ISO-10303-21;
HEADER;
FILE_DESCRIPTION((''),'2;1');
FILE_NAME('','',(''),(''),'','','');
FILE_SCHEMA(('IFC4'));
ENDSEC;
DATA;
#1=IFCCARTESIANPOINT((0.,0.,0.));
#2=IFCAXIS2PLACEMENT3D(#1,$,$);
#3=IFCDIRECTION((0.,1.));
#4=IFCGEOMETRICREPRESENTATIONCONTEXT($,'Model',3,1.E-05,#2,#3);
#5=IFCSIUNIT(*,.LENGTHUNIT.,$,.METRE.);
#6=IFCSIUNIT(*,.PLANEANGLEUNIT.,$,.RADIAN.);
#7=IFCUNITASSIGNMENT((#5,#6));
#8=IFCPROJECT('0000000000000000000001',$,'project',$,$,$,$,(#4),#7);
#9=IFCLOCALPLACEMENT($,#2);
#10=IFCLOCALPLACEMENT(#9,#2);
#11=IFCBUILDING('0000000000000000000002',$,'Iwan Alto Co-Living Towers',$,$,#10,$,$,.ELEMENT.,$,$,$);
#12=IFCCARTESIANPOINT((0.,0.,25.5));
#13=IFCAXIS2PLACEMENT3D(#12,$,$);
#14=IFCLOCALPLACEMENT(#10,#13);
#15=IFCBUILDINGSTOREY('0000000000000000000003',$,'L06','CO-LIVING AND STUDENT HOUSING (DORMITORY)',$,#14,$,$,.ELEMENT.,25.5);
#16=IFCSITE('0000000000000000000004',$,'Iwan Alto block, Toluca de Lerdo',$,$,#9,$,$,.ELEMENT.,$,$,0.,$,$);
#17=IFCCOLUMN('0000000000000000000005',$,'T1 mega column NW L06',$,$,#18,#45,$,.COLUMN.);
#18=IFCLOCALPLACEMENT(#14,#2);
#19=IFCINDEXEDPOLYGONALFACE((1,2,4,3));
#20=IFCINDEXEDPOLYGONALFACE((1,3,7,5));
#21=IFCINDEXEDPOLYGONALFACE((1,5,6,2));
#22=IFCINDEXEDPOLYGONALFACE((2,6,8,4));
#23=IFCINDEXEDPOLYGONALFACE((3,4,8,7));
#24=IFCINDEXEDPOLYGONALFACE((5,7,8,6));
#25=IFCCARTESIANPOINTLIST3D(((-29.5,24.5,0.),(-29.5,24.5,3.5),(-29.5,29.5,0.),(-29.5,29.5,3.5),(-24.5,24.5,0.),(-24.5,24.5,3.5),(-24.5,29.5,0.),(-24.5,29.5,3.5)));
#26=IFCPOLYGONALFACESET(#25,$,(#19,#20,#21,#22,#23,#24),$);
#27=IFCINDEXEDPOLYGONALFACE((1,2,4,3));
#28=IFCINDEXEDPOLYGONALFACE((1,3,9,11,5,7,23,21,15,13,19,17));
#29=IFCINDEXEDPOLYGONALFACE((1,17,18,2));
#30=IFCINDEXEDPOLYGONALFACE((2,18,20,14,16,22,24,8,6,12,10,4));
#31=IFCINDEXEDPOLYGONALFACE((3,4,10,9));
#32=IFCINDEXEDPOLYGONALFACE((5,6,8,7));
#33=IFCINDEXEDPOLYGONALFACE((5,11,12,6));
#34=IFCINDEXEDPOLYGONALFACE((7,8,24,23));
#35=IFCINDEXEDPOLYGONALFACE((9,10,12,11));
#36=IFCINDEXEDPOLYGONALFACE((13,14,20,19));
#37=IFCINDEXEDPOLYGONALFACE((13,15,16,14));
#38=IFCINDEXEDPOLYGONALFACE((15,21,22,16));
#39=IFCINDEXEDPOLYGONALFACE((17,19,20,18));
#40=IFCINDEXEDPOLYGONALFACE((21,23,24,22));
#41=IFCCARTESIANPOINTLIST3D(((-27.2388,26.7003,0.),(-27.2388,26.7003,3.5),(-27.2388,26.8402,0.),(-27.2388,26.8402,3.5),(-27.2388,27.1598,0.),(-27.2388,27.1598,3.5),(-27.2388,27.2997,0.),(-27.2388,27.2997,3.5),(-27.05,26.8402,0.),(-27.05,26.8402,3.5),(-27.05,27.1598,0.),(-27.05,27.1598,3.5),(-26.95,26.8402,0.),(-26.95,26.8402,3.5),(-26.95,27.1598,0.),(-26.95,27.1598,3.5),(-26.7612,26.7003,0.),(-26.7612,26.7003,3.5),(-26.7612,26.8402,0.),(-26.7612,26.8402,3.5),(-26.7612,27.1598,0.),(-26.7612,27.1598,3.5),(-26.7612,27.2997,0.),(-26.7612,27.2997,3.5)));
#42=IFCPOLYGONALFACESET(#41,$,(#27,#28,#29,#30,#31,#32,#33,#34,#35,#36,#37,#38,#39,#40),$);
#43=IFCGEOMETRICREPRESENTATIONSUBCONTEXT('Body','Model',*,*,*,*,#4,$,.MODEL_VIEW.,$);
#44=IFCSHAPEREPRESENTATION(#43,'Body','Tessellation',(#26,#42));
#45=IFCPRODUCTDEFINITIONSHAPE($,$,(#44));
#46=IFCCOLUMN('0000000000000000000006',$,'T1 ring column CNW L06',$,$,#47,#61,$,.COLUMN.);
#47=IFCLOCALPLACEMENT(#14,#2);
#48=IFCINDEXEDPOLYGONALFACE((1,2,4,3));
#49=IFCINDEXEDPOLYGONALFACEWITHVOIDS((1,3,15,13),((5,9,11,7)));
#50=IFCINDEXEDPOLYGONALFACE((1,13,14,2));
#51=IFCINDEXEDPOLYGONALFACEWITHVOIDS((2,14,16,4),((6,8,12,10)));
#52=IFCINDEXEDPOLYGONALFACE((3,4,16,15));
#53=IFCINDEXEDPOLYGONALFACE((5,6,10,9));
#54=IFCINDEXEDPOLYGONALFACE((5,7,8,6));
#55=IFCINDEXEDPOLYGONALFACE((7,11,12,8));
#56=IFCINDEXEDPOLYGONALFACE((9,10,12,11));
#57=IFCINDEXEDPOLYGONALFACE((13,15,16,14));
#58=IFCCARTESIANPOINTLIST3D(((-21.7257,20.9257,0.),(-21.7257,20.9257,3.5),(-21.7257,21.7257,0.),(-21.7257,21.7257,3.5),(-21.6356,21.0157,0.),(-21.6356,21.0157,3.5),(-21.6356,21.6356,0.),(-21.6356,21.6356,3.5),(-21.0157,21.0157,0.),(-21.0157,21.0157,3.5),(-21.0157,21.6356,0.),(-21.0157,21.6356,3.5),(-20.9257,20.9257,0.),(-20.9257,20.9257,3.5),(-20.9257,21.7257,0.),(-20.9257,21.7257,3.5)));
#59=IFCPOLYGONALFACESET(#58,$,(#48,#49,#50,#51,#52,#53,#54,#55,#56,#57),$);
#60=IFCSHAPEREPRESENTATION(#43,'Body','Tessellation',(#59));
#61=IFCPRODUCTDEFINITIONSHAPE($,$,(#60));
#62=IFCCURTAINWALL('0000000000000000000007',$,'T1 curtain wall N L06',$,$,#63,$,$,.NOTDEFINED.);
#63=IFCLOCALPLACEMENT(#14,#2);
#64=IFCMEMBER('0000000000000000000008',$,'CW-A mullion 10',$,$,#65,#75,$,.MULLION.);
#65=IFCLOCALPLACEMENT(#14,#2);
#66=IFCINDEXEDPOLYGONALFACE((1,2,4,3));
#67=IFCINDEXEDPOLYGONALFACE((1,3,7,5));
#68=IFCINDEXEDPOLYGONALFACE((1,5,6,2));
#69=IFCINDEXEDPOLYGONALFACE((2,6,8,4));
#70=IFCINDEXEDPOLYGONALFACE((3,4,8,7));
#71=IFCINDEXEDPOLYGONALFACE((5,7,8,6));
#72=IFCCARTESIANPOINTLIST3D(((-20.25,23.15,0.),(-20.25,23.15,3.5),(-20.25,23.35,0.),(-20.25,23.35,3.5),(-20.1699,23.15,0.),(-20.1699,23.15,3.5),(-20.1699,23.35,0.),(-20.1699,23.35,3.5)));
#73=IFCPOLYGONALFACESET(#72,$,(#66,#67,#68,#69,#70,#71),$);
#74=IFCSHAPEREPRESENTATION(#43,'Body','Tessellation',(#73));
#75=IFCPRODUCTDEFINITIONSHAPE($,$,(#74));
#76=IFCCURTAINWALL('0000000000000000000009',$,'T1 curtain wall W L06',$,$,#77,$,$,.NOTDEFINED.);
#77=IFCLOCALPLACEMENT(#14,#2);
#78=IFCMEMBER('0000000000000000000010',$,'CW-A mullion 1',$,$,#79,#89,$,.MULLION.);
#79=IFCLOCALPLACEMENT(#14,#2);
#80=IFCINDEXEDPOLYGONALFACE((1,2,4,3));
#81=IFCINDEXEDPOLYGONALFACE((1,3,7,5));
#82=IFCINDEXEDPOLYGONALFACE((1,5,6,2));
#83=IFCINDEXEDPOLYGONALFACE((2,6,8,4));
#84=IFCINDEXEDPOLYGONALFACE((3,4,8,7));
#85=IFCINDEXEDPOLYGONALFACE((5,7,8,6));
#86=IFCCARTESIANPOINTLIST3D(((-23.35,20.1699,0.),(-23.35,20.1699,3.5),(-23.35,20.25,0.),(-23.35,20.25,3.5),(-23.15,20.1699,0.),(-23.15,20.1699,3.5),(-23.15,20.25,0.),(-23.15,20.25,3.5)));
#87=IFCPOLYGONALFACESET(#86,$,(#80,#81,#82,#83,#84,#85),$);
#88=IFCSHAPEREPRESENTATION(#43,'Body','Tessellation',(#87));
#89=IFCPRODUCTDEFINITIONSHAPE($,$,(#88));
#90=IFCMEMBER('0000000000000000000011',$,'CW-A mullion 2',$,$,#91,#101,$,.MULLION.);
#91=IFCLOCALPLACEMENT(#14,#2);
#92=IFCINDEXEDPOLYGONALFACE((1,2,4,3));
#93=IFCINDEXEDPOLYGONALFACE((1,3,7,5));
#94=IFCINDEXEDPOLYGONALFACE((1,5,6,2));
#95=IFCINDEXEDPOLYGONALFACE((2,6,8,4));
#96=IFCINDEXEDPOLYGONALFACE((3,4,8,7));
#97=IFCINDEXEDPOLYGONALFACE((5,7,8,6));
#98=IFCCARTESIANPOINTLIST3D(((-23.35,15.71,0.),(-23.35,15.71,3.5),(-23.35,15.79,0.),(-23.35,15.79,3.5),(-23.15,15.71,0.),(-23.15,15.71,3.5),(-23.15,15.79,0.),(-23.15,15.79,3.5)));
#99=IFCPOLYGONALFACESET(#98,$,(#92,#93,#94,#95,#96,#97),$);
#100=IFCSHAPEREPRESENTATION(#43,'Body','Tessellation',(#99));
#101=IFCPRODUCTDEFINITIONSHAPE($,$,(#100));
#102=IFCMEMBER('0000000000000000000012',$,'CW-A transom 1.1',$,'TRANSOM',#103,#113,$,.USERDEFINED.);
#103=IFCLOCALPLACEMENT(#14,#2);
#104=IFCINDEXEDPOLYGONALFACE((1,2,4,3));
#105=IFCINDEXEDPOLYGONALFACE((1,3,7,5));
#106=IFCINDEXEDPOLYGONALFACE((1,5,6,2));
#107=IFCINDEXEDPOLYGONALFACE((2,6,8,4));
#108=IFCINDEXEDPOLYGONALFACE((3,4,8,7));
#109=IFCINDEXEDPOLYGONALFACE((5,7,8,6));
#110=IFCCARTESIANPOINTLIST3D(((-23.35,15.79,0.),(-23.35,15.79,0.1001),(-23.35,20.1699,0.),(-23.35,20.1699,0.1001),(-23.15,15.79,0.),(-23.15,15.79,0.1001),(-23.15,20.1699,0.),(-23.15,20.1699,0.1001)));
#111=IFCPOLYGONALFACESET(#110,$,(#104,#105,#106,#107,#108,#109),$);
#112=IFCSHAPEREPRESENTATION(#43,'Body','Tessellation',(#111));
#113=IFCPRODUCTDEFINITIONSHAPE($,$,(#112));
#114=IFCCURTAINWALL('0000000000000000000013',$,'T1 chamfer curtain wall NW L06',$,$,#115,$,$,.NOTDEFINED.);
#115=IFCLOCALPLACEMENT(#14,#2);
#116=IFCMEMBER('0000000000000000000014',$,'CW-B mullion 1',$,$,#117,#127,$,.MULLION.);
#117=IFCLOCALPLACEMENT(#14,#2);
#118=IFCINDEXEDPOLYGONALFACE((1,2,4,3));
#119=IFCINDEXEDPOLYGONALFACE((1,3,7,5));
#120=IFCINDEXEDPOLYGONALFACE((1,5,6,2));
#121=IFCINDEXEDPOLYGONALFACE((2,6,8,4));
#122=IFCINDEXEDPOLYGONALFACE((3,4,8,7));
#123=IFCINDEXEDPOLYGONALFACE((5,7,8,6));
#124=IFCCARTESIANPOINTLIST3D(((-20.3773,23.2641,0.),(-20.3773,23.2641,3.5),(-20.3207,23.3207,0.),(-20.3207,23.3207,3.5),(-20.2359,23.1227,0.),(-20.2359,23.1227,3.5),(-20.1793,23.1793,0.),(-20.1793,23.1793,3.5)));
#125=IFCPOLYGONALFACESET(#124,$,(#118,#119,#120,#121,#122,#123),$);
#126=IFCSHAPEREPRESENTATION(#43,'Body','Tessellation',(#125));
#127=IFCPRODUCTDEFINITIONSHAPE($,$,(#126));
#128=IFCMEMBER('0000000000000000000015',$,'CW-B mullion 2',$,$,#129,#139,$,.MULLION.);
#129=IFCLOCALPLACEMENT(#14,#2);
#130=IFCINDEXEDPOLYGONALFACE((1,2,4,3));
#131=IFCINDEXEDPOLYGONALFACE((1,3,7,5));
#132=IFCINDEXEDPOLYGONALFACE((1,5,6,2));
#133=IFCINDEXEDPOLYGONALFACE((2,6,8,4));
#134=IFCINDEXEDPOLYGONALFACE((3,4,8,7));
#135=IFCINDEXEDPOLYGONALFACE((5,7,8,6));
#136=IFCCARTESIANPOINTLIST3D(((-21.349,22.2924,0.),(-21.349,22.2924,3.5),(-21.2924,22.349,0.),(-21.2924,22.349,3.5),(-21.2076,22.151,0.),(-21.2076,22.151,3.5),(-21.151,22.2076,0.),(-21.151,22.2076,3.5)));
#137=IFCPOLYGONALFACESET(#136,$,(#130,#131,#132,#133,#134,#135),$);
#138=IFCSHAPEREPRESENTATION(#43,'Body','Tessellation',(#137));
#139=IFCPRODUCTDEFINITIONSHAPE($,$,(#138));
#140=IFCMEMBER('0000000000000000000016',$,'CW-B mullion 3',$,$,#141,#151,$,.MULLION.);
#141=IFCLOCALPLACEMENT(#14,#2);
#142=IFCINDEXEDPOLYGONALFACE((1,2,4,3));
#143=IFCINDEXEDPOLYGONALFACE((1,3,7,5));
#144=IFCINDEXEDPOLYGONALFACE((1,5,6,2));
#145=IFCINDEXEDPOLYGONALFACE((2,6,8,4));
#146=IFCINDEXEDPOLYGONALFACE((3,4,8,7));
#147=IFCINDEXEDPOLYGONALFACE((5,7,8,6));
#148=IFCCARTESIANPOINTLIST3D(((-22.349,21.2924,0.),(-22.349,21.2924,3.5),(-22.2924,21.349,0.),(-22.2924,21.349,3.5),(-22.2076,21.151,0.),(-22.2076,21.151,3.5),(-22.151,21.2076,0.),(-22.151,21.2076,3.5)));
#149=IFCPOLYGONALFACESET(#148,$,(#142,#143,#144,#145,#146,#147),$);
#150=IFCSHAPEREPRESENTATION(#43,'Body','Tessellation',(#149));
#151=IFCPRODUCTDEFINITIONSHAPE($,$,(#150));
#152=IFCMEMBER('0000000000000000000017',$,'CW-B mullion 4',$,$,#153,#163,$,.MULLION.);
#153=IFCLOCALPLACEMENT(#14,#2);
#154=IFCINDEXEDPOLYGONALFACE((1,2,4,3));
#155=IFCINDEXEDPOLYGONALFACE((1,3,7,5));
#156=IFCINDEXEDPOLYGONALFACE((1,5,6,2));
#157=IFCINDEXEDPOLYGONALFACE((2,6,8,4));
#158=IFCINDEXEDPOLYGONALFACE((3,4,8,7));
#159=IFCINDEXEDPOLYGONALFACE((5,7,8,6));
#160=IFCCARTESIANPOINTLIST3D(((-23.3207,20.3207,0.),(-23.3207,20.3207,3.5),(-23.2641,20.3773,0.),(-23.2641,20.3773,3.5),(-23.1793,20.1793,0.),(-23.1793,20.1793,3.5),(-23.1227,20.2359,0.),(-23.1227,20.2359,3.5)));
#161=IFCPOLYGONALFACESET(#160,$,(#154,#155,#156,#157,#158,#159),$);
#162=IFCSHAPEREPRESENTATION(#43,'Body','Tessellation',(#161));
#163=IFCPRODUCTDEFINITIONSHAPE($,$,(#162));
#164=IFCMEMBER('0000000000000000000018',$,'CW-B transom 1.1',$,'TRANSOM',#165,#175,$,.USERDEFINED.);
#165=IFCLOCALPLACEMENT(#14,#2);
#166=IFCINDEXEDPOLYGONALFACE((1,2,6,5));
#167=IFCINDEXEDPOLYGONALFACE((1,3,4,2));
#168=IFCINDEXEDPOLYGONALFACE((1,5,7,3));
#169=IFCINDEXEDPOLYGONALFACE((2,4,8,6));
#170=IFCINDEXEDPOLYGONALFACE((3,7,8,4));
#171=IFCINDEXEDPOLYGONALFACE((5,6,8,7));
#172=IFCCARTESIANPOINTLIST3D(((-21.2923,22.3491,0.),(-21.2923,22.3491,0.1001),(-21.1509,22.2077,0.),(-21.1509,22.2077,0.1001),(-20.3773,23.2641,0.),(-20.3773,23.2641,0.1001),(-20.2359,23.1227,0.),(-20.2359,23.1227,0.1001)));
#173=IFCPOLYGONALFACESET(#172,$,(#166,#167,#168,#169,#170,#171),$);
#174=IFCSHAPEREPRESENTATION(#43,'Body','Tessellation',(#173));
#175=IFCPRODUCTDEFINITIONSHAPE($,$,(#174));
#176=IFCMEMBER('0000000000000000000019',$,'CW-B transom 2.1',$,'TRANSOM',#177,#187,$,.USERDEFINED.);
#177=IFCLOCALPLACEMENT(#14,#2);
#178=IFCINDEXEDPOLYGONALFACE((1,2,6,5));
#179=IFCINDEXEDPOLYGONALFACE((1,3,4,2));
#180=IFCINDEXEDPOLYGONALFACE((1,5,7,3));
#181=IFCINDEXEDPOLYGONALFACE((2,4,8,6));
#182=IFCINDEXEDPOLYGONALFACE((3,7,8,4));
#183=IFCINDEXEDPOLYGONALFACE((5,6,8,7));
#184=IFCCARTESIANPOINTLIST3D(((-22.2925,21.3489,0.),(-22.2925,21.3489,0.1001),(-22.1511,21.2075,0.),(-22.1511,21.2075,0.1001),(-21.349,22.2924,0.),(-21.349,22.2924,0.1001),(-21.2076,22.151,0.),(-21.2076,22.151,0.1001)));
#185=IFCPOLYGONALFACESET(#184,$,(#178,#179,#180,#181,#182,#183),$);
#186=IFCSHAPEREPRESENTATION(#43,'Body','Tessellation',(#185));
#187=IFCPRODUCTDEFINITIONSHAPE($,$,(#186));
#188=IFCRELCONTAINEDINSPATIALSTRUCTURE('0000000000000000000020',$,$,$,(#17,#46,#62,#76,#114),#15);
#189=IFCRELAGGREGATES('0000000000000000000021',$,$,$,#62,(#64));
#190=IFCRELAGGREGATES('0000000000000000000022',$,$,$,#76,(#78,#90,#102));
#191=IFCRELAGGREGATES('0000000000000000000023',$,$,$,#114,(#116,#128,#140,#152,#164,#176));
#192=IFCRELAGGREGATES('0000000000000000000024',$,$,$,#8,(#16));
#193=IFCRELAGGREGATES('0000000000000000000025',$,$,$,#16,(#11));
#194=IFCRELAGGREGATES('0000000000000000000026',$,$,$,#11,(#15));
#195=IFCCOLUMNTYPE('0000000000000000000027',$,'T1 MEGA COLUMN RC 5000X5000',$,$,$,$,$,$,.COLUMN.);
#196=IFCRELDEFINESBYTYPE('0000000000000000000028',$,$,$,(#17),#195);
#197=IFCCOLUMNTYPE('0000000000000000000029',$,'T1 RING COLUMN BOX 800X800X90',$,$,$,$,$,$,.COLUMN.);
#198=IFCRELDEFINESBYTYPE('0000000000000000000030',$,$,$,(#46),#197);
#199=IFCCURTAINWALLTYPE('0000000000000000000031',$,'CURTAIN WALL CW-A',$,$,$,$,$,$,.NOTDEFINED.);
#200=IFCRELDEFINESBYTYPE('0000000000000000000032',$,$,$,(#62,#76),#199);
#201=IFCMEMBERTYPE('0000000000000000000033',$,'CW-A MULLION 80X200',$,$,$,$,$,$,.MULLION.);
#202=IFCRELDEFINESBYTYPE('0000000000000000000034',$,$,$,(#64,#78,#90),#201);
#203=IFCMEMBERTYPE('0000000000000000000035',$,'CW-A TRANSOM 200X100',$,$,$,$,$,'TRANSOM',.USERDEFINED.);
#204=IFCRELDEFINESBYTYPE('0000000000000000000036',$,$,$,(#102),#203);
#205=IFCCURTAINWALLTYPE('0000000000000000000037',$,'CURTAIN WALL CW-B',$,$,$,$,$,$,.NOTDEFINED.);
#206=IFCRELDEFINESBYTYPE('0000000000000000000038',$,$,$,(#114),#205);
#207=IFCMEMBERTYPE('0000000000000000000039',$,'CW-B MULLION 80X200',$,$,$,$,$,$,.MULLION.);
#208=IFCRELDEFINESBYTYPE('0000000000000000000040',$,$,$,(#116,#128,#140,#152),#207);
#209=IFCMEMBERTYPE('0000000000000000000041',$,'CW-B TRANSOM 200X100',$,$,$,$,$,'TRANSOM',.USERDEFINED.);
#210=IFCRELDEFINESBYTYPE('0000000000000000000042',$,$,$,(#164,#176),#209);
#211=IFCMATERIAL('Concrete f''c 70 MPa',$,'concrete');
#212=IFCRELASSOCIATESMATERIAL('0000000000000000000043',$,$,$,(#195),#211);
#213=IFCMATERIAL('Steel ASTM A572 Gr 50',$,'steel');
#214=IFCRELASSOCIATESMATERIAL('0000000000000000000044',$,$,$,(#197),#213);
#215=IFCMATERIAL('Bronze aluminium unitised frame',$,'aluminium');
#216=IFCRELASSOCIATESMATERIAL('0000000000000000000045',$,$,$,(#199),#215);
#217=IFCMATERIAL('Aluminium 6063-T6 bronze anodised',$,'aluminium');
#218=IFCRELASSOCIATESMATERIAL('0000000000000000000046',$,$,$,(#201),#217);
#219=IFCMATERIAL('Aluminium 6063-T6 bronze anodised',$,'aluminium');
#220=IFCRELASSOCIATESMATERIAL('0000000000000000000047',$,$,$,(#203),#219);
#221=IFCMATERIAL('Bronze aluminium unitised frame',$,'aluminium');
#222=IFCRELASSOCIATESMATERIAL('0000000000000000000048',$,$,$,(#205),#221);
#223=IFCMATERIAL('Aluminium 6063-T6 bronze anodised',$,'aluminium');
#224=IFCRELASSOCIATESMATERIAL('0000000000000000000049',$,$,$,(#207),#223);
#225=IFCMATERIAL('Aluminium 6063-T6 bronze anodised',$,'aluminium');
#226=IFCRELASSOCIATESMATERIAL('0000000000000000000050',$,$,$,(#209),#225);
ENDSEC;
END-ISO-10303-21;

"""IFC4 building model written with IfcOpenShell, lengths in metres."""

from ifc_helpers import new_model, si_unit, direction, frame, origin, origin_2d, place, context, subcontext, project, spatial, rectangle, hollow_rectangle, i_section, extrude, material, material_profile, profile_set, type_object, element, aggregate, save


model = new_model("IFC4")

# Units and contexts
model_context = context("Model", 3, precision=1e-05, world=origin(), true_north=direction((0.0, 1.0)))
body_context = subcontext(model_context, "Body", "Model", "MODEL_VIEW")
ifc_project = project(units=[si_unit("LENGTHUNIT", "METRE"), si_unit("PLANEANGLEUNIT", "RADIAN")], contexts=[model_context])

# Site, building, storey
site_placement = place(None, origin())
site = spatial("IfcSite", under=ifc_project, at=site_placement, Name="Iwan Alto block, Toluca de Lerdo", CompositionType="ELEMENT", RefElevation=0.0)
building_placement = place(site_placement, origin())
building = spatial("IfcBuilding", under=site, at=building_placement, Name="Iwan Alto Co-Living Towers", CompositionType="ELEMENT")
storey_placement = place(building_placement, frame((0.0, 0.0, 25.5)))
storey = spatial("IfcBuildingStorey", under=building, at=storey_placement, Name="L06", Description="CO-LIVING AND STUDENT HOUSING (DORMITORY)", CompositionType="ELEMENT", Elevation=25.5)

# Columns
ifc_material_1 = material(Name="Concrete f'c 70 MPa", Category="concrete")
ifc_material_profile_1 = material_profile(ifc_material_1, rectangle(XDim=5.0, YDim=5.0, at=origin_2d()), Name="RC 5000X5000")
ifc_profile_set_1 = profile_set([ifc_material_profile_1], Name="Concrete f'c 70 MPa")
column_type_1 = type_object("IfcColumnType", Name="T1 MEGA COLUMN RC 5000X5000", PredefinedType="COLUMN", material=ifc_profile_set_1)
column_1_placement = place(storey_placement, frame((-27.0, 27.0, 0.0), z_axis=(0.0, 0.0, 1.0), x_axis=(1.0, 0.0, 0.0)))
element("IfcColumn", 1, at=column_1_placement, inside=storey, type_object=column_type_1, Name="T1 mega column NW L06", PredefinedType="COLUMN", context=body_context, shape_type="SweptSolid", body=[
    extrude(rectangle(XDim=5.0, YDim=5.0, at=origin_2d()), origin(), (0.0, 0.0, 1.0), 3.5),
    extrude(i_section(OverallWidth=0.4775, OverallDepth=0.5994, WebThickness=0.1001, FlangeThickness=0.1399, at=origin_2d()), origin(), (0.0, 0.0, 1.0), 3.5),
])
ifc_material_2 = material(Name="Steel ASTM A572 Gr 50", Category="steel")
ifc_material_profile_2 = material_profile(ifc_material_2, hollow_rectangle(XDim=0.8, YDim=0.8, WallThickness=0.0901, at=origin_2d()), Name="BOX 800X800X90")
ifc_profile_set_2 = profile_set([ifc_material_profile_2], Name="Steel ASTM A572 Gr 50")
column_type_2 = type_object("IfcColumnType", Name="T1 RING COLUMN BOX 800X800X90", PredefinedType="COLUMN", material=ifc_profile_set_2)
column_2_placement = place(storey_placement, frame((-21.3257, 21.3257, 0.0), z_axis=(0.0, 0.0, 1.0), x_axis=(1.0, 0.0, 0.0)))
element("IfcColumn", 2, at=column_2_placement, inside=storey, type_object=column_type_2, Name="T1 ring column CNW L06", PredefinedType="COLUMN", context=body_context, shape_type="SweptSolid", body=[
    extrude(hollow_rectangle(XDim=0.8, YDim=0.8, WallThickness=0.0901, at=origin_2d()), origin(), (0.0, 0.0, 1.0), 3.5),
])

# Curtain wall, member
ifc_material_3 = material(Name="Bronze aluminium unitised frame", Category="aluminium")
curtain_wall_type_1 = type_object("IfcCurtainWallType", Name="CURTAIN WALL CW-A", PredefinedType="NOTDEFINED", material=ifc_material_3)
curtain_wall_1_placement = place(storey_placement, origin())
curtain_wall_1 = element("IfcCurtainWall", 3, at=curtain_wall_1_placement, inside=storey, type_object=curtain_wall_type_1, Name="T1 curtain wall N L06", PredefinedType="NOTDEFINED")
ifc_material_4 = material(Name="Aluminium 6063-T6 bronze anodised", Category="aluminium")
ifc_material_profile_3 = material_profile(ifc_material_4, rectangle(XDim=0.2, YDim=0.0801, at=origin_2d()), Name="AL 80X200")
ifc_profile_set_3 = profile_set([ifc_material_profile_3], Name="Aluminium 6063-T6 bronze anodised")
member_type_1 = type_object("IfcMemberType", Name="CW-A MULLION 80X200", PredefinedType="MULLION", material=ifc_profile_set_3)
member_1_placement = place(storey_placement, frame((-20.21, 23.25, 0.0), z_axis=(0.0, 0.0, 1.0), x_axis=(0.0, -1.0, 0.0)))
member_1 = element("IfcMember", 4, at=member_1_placement, type_object=member_type_1, Name="CW-A mullion 10", PredefinedType="MULLION", context=body_context, shape_type="SweptSolid", body=[
    extrude(rectangle(XDim=0.2, YDim=0.0801, at=origin_2d()), origin(), (0.0, 0.0, 1.0), 3.5),
])

# Curtain walls, members
curtain_wall_2_placement = place(storey_placement, origin())
curtain_wall_2 = element("IfcCurtainWall", 5, at=curtain_wall_2_placement, inside=storey, type_object=curtain_wall_type_1, Name="T1 curtain wall W L06", PredefinedType="NOTDEFINED")
member_2_placement = place(storey_placement, frame((-23.25, 20.21, 0.0), z_axis=(0.0, 0.0, 1.0), x_axis=(1.0, 0.0, 0.0)))
member_2 = element("IfcMember", 6, at=member_2_placement, type_object=member_type_1, Name="CW-A mullion 1", PredefinedType="MULLION", context=body_context, shape_type="SweptSolid", body=[
    extrude(rectangle(XDim=0.2, YDim=0.0801, at=origin_2d()), origin(), (0.0, 0.0, 1.0), 3.5),
])
member_3_placement = place(storey_placement, frame((-23.25, 15.75, 0.0), z_axis=(0.0, 0.0, 1.0), x_axis=(1.0, 0.0, 0.0)))
member_3 = element("IfcMember", 7, at=member_3_placement, type_object=member_type_1, Name="CW-A mullion 2", PredefinedType="MULLION", context=body_context, shape_type="SweptSolid", body=[
    extrude(rectangle(XDim=0.2, YDim=0.0801, at=origin_2d()), origin(), (0.0, 0.0, 1.0), 3.5),
])
ifc_material_5 = material(Name="Aluminium 6063-T6 bronze anodised", Category="aluminium")
ifc_material_profile_4 = material_profile(ifc_material_5, rectangle(XDim=0.2, YDim=0.1001, at=origin_2d()), Name="AL 200X100")
ifc_profile_set_4 = profile_set([ifc_material_profile_4], Name="Aluminium 6063-T6 bronze anodised")
member_type_2 = type_object("IfcMemberType", Name="CW-A TRANSOM 200X100", ElementType="TRANSOM", PredefinedType="USERDEFINED", material=ifc_profile_set_4)
member_4_placement = place(storey_placement, frame((-23.25, 20.1699, 0.05), z_axis=(0.0, -1.0, 0.0), x_axis=(1.0, 0.0, 0.0)))
member_4 = element("IfcMember", 8, at=member_4_placement, type_object=member_type_2, Name="CW-A transom 1.1", ObjectType="TRANSOM", PredefinedType="USERDEFINED", context=body_context, shape_type="SweptSolid", body=[
    extrude(rectangle(XDim=0.2, YDim=0.1001, at=origin_2d()), origin(), (0.0, 0.0, 1.0), 4.3799),
])
ifc_material_6 = material(Name="Bronze aluminium unitised frame", Category="aluminium")
curtain_wall_type_2 = type_object("IfcCurtainWallType", Name="CURTAIN WALL CW-B", PredefinedType="NOTDEFINED", material=ifc_material_6)
curtain_wall_3_placement = place(storey_placement, origin())
curtain_wall_3 = element("IfcCurtainWall", 9, at=curtain_wall_3_placement, inside=storey, type_object=curtain_wall_type_2, Name="T1 chamfer curtain wall NW L06", PredefinedType="NOTDEFINED")
ifc_material_7 = material(Name="Aluminium 6063-T6 bronze anodised", Category="aluminium")
ifc_material_profile_5 = material_profile(ifc_material_7, rectangle(XDim=0.2, YDim=0.0801, at=origin_2d()), Name="AL 80X200")
ifc_profile_set_5 = profile_set([ifc_material_profile_5], Name="Aluminium 6063-T6 bronze anodised")
member_type_3 = type_object("IfcMemberType", Name="CW-B MULLION 80X200", PredefinedType="MULLION", material=ifc_profile_set_5)
member_5_placement = place(storey_placement, frame((-20.2783, 23.2217, 0.0), z_axis=(0.0, 0.0, 1.0), x_axis=(0.707107, -0.707107, 0.0)))
member_5 = element("IfcMember", 10, at=member_5_placement, type_object=member_type_3, Name="CW-B mullion 1", PredefinedType="MULLION", context=body_context, shape_type="SweptSolid", body=[
    extrude(rectangle(XDim=0.2, YDim=0.0801, at=origin_2d()), origin(), (0.0, 0.0, 1.0), 3.5),
])
member_6_placement = place(storey_placement, frame((-21.25, 22.25, 0.0), z_axis=(0.0, 0.0, 1.0), x_axis=(0.707107, -0.707107, 0.0)))
member_6 = element("IfcMember", 11, at=member_6_placement, type_object=member_type_3, Name="CW-B mullion 2", PredefinedType="MULLION", context=body_context, shape_type="SweptSolid", body=[
    extrude(rectangle(XDim=0.2, YDim=0.0801, at=origin_2d()), origin(), (0.0, 0.0, 1.0), 3.5),
])
member_7_placement = place(storey_placement, frame((-22.25, 21.25, 0.0), z_axis=(0.0, 0.0, 1.0), x_axis=(0.707107, -0.707107, 0.0)))
member_7 = element("IfcMember", 12, at=member_7_placement, type_object=member_type_3, Name="CW-B mullion 3", PredefinedType="MULLION", context=body_context, shape_type="SweptSolid", body=[
    extrude(rectangle(XDim=0.2, YDim=0.0801, at=origin_2d()), origin(), (0.0, 0.0, 1.0), 3.5),
])
member_8_placement = place(storey_placement, frame((-23.2217, 20.2783, 0.0), z_axis=(0.0, 0.0, 1.0), x_axis=(0.707107, -0.707107, 0.0)))
member_8 = element("IfcMember", 13, at=member_8_placement, type_object=member_type_3, Name="CW-B mullion 4", PredefinedType="MULLION", context=body_context, shape_type="SweptSolid", body=[
    extrude(rectangle(XDim=0.2, YDim=0.0801, at=origin_2d()), origin(), (0.0, 0.0, 1.0), 3.5),
])
ifc_material_8 = material(Name="Aluminium 6063-T6 bronze anodised", Category="aluminium")
ifc_material_profile_6 = material_profile(ifc_material_8, rectangle(XDim=0.2, YDim=0.1001, at=origin_2d()), Name="AL 200X100")
ifc_profile_set_6 = profile_set([ifc_material_profile_6], Name="Aluminium 6063-T6 bronze anodised")
member_type_4 = type_object("IfcMemberType", Name="CW-B TRANSOM 200X100", ElementType="TRANSOM", PredefinedType="USERDEFINED", material=ifc_profile_set_6)
member_9_placement = place(storey_placement, frame((-20.3066, 23.1934, 0.05), z_axis=(-0.707107, -0.707107, 0.0), x_axis=(0.707107, -0.707107, 0.0)))
member_9 = element("IfcMember", 14, at=member_9_placement, type_object=member_type_4, Name="CW-B transom 1.1", ObjectType="TRANSOM", PredefinedType="USERDEFINED", context=body_context, shape_type="SweptSolid", body=[
    extrude(rectangle(XDim=0.2, YDim=0.1001, at=origin_2d()), origin(), (0.0, 0.0, 1.0), 1.2939),
])
member_10_placement = place(storey_placement, frame((-21.2783, 22.2217, 0.05), z_axis=(-0.707107, -0.707107, 0.0), x_axis=(0.707107, -0.707107, 0.0)))
member_10 = element("IfcMember", 15, at=member_10_placement, type_object=member_type_4, Name="CW-B transom 2.1", ObjectType="TRANSOM", PredefinedType="USERDEFINED", context=body_context, shape_type="SweptSolid", body=[
    extrude(rectangle(XDim=0.2, YDim=0.1001, at=origin_2d()), origin(), (0.0, 0.0, 1.0), 1.3342),
])

aggregate(curtain_wall_1, [member_1])
aggregate(curtain_wall_2, [member_2, member_3, member_4])
aggregate(curtain_wall_3, [member_5, member_6, member_7, member_8, member_9, member_10])

save(model, "model.ifc")
